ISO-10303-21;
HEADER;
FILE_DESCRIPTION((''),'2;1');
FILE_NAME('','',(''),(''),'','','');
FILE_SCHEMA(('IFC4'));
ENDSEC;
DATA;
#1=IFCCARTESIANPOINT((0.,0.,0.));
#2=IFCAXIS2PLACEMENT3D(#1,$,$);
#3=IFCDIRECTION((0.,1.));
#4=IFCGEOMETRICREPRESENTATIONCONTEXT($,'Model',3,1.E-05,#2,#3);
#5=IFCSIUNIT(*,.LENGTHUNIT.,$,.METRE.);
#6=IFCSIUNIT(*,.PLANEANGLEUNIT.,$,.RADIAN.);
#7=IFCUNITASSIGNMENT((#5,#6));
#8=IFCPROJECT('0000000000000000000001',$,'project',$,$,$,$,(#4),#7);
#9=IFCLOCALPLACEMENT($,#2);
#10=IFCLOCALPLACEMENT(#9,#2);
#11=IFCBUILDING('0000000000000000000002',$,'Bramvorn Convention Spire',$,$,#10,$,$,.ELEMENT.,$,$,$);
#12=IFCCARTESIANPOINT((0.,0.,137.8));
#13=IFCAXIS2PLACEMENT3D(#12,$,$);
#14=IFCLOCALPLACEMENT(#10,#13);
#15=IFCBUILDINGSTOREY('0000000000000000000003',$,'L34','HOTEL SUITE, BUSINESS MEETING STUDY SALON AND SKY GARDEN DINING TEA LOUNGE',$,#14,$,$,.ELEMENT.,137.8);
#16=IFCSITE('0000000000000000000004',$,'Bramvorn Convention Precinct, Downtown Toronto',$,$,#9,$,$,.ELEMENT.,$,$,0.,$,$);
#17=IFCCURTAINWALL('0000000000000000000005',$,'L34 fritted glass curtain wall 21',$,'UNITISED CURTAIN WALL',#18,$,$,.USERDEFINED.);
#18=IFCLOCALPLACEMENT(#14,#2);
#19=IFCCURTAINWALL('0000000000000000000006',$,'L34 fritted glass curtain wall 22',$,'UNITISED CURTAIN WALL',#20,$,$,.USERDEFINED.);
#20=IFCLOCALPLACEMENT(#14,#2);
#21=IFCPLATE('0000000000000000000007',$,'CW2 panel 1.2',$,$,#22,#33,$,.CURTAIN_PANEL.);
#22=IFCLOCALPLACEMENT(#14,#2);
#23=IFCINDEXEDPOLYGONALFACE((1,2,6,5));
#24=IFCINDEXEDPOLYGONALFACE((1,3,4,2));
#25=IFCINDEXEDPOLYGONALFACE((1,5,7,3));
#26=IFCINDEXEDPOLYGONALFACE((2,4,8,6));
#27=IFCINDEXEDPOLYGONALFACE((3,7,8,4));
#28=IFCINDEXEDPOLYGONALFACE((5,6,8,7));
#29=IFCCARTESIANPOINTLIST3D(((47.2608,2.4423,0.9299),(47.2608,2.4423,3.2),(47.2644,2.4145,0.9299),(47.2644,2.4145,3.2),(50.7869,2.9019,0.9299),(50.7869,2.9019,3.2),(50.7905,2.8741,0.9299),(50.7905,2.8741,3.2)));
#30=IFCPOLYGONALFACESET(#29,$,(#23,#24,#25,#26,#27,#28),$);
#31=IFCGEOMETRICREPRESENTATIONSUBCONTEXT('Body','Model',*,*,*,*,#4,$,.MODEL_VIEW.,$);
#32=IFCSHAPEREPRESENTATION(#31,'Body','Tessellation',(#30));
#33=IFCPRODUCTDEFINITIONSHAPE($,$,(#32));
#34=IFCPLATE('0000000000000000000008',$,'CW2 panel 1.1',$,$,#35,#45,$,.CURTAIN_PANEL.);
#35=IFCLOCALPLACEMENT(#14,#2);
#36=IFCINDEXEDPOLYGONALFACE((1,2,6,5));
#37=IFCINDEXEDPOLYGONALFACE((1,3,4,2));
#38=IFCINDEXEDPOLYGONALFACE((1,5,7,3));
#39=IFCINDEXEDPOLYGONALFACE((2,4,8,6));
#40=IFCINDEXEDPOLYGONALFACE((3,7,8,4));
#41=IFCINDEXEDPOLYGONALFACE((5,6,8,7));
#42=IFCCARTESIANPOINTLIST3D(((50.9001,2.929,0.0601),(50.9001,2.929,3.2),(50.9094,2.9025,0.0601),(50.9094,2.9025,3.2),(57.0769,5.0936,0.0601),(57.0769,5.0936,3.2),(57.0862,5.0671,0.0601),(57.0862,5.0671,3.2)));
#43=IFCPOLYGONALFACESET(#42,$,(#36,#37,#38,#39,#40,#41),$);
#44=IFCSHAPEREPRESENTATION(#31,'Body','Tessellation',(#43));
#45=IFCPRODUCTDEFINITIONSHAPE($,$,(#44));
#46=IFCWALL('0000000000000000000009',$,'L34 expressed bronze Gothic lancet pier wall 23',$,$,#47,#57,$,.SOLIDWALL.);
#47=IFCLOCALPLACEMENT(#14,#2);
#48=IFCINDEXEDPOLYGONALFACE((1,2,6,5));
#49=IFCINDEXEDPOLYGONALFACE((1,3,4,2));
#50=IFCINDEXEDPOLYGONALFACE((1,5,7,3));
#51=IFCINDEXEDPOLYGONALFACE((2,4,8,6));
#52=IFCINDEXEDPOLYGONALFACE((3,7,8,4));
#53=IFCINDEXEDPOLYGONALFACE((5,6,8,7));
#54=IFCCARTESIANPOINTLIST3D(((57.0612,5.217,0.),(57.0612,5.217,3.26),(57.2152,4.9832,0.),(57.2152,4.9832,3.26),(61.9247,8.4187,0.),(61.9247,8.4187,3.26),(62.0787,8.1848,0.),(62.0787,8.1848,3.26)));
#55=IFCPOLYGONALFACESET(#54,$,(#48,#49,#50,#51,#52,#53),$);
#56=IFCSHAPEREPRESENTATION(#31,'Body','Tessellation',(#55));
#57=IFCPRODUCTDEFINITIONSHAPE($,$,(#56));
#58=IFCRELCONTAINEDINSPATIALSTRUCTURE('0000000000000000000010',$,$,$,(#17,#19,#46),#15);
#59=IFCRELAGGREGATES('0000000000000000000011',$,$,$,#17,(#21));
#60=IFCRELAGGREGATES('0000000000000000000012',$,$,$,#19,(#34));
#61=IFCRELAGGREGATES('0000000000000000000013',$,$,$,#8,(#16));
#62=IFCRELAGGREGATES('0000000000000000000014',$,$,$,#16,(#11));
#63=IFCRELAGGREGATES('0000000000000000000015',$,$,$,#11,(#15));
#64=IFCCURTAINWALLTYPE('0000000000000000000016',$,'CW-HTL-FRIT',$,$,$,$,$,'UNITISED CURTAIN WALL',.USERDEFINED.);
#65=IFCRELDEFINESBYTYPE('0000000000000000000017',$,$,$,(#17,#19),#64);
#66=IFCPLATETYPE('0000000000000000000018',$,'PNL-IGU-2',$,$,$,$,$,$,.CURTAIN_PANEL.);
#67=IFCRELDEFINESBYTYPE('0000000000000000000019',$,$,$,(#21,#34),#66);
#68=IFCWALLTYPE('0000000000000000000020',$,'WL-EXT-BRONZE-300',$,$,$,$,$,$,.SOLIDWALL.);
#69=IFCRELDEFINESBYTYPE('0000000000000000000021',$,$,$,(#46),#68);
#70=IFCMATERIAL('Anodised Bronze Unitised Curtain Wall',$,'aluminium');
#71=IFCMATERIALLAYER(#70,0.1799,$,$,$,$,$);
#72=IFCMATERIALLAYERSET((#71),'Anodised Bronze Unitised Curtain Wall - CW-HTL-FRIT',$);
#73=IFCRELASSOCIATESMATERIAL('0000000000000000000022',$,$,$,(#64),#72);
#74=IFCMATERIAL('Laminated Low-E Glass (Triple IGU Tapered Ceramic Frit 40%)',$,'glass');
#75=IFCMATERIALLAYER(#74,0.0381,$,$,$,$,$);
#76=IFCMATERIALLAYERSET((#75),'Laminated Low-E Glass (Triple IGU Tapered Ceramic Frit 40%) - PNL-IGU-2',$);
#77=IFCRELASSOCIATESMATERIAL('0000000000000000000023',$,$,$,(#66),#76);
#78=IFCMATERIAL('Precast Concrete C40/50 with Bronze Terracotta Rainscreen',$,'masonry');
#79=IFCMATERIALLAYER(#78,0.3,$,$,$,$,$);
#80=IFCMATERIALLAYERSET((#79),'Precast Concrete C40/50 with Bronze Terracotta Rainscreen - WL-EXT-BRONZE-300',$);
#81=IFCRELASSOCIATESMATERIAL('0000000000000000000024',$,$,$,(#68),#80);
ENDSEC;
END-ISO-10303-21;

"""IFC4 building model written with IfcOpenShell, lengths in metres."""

from ifc_helpers import new_model, si_unit, direction, frame, frame_2d, origin, origin_2d, place, context, subcontext, project, spatial, rectangle, extrude, material, layer, layer_set, type_object, element, aggregate, save


model = new_model("IFC4")

# Units and contexts
model_context = context("Model", 3, precision=1e-05, world=origin(), true_north=direction((0.0, 1.0)))
body_context = subcontext(model_context, "Body", "Model", "MODEL_VIEW")
ifc_project = project(units=[si_unit("LENGTHUNIT", "METRE"), si_unit("PLANEANGLEUNIT", "RADIAN")], contexts=[model_context])

# Site, building, storey
site_placement = place(None, origin())
site = spatial("IfcSite", under=ifc_project, at=site_placement, Name="Bramvorn Convention Precinct, Downtown Toronto", CompositionType="ELEMENT", RefElevation=0.0)
building_placement = place(site_placement, origin())
building = spatial("IfcBuilding", under=site, at=building_placement, Name="Bramvorn Convention Spire", CompositionType="ELEMENT")
storey_placement = place(building_placement, frame((0.0, 0.0, 137.8)))
storey = spatial("IfcBuildingStorey", under=building, at=storey_placement, Name="L34", Description="HOTEL SUITE, BUSINESS MEETING STUDY SALON AND SKY GARDEN DINING TEA LOUNGE", CompositionType="ELEMENT", Elevation=137.8)

# Curtain wall
ifc_material_1 = material(Name="Anodised Bronze Unitised Curtain Wall", Category="aluminium")
ifc_layer_1 = layer(ifc_material_1, 0.1799)
ifc_layer_set_1 = layer_set([ifc_layer_1], Name="Anodised Bronze Unitised Curtain Wall - CW-HTL-FRIT")
curtain_wall_type = type_object("IfcCurtainWallType", Name="CW-HTL-FRIT", ElementType="UNITISED CURTAIN WALL", PredefinedType="USERDEFINED", material=ifc_layer_set_1)
curtain_wall_1_placement = place(storey_placement, origin())
curtain_wall_1 = element("IfcCurtainWall", 1, at=curtain_wall_1_placement, inside=storey, type_object=curtain_wall_type, Name="L34 fritted glass curtain wall 21", ObjectType="UNITISED CURTAIN WALL", PredefinedType="USERDEFINED")

# Curtain wall
curtain_wall_2_placement = place(storey_placement, origin())
curtain_wall_2 = element("IfcCurtainWall", 2, at=curtain_wall_2_placement, inside=storey, type_object=curtain_wall_type, Name="L34 fritted glass curtain wall 22", ObjectType="UNITISED CURTAIN WALL", PredefinedType="USERDEFINED")

# Plates
ifc_material_2 = material(Name="Laminated Low-E Glass (Triple IGU Tapered Ceramic Frit 40%)", Category="glass")
ifc_layer_2 = layer(ifc_material_2, 0.0381)
ifc_layer_set_2 = layer_set([ifc_layer_2], Name="Laminated Low-E Glass (Triple IGU Tapered Ceramic Frit 40%) - PNL-IGU-2")
plate_type = type_object("IfcPlateType", Name="PNL-IGU-2", PredefinedType="CURTAIN_PANEL", material=ifc_layer_set_2)
plate_1_placement = place(storey_placement, frame((49.0256, 2.6582, 0.9299), z_axis=(0.0, 0.0, 1.0), x_axis=(-0.991613, -0.12924, 0.0)))
plate_1 = element("IfcPlate", 3, at=plate_1_placement, type_object=plate_type, Name="CW2 panel 1.2", PredefinedType="CURTAIN_PANEL", context=body_context, shape_type="SweptSolid", body=[
    extrude(rectangle(XDim=3.5559, YDim=0.0281, at=origin_2d()), origin(), (0.0, 0.0, 1.0), 2.27),
])
aggregate(curtain_wall_1, [plate_1])
plate_2_placement = place(storey_placement, frame((53.9932, 3.998, 0.0601), z_axis=(0.0, 0.0, 1.0), x_axis=(-0.943727, -0.330725, 0.0)))
plate_2 = element("IfcPlate", 4, at=plate_2_placement, type_object=plate_type, Name="CW2 panel 1.1", PredefinedType="CURTAIN_PANEL", context=body_context, shape_type="SweptSolid", body=[
    extrude(rectangle(XDim=6.5452, YDim=0.0281, at=origin_2d()), origin(), (0.0, 0.0, 1.0), 3.1399),
])
aggregate(curtain_wall_2, [plate_2])

# Wall
ifc_material_3 = material(Name="Precast Concrete C40/50 with Bronze Terracotta Rainscreen", Category="masonry")
ifc_layer_3 = layer(ifc_material_3, 0.3)
ifc_layer_set_3 = layer_set([ifc_layer_3], Name="Precast Concrete C40/50 with Bronze Terracotta Rainscreen - WL-EXT-BRONZE-300")
wall_type = type_object("IfcWallType", Name="WL-EXT-BRONZE-300", PredefinedType="SOLIDWALL", material=ifc_layer_set_3)
wall_placement = place(storey_placement, frame((62.0017, 8.3018, 0.0), z_axis=(0.0, 0.0, 1.0), x_axis=(-0.835262, -0.549853, 0.0)))
element("IfcWall", 5, at=wall_placement, inside=storey, type_object=wall_type, Name="L34 expressed bronze Gothic lancet pier wall 23", PredefinedType="SOLIDWALL", context=body_context, shape_type="SweptSolid", body=[
    extrude(rectangle(XDim=5.8228, YDim=0.28, at=frame_2d((2.9114, 0.0))), origin(), (0.0, 0.0, 1.0), 3.26),
])

save(model, "model.ifc")
